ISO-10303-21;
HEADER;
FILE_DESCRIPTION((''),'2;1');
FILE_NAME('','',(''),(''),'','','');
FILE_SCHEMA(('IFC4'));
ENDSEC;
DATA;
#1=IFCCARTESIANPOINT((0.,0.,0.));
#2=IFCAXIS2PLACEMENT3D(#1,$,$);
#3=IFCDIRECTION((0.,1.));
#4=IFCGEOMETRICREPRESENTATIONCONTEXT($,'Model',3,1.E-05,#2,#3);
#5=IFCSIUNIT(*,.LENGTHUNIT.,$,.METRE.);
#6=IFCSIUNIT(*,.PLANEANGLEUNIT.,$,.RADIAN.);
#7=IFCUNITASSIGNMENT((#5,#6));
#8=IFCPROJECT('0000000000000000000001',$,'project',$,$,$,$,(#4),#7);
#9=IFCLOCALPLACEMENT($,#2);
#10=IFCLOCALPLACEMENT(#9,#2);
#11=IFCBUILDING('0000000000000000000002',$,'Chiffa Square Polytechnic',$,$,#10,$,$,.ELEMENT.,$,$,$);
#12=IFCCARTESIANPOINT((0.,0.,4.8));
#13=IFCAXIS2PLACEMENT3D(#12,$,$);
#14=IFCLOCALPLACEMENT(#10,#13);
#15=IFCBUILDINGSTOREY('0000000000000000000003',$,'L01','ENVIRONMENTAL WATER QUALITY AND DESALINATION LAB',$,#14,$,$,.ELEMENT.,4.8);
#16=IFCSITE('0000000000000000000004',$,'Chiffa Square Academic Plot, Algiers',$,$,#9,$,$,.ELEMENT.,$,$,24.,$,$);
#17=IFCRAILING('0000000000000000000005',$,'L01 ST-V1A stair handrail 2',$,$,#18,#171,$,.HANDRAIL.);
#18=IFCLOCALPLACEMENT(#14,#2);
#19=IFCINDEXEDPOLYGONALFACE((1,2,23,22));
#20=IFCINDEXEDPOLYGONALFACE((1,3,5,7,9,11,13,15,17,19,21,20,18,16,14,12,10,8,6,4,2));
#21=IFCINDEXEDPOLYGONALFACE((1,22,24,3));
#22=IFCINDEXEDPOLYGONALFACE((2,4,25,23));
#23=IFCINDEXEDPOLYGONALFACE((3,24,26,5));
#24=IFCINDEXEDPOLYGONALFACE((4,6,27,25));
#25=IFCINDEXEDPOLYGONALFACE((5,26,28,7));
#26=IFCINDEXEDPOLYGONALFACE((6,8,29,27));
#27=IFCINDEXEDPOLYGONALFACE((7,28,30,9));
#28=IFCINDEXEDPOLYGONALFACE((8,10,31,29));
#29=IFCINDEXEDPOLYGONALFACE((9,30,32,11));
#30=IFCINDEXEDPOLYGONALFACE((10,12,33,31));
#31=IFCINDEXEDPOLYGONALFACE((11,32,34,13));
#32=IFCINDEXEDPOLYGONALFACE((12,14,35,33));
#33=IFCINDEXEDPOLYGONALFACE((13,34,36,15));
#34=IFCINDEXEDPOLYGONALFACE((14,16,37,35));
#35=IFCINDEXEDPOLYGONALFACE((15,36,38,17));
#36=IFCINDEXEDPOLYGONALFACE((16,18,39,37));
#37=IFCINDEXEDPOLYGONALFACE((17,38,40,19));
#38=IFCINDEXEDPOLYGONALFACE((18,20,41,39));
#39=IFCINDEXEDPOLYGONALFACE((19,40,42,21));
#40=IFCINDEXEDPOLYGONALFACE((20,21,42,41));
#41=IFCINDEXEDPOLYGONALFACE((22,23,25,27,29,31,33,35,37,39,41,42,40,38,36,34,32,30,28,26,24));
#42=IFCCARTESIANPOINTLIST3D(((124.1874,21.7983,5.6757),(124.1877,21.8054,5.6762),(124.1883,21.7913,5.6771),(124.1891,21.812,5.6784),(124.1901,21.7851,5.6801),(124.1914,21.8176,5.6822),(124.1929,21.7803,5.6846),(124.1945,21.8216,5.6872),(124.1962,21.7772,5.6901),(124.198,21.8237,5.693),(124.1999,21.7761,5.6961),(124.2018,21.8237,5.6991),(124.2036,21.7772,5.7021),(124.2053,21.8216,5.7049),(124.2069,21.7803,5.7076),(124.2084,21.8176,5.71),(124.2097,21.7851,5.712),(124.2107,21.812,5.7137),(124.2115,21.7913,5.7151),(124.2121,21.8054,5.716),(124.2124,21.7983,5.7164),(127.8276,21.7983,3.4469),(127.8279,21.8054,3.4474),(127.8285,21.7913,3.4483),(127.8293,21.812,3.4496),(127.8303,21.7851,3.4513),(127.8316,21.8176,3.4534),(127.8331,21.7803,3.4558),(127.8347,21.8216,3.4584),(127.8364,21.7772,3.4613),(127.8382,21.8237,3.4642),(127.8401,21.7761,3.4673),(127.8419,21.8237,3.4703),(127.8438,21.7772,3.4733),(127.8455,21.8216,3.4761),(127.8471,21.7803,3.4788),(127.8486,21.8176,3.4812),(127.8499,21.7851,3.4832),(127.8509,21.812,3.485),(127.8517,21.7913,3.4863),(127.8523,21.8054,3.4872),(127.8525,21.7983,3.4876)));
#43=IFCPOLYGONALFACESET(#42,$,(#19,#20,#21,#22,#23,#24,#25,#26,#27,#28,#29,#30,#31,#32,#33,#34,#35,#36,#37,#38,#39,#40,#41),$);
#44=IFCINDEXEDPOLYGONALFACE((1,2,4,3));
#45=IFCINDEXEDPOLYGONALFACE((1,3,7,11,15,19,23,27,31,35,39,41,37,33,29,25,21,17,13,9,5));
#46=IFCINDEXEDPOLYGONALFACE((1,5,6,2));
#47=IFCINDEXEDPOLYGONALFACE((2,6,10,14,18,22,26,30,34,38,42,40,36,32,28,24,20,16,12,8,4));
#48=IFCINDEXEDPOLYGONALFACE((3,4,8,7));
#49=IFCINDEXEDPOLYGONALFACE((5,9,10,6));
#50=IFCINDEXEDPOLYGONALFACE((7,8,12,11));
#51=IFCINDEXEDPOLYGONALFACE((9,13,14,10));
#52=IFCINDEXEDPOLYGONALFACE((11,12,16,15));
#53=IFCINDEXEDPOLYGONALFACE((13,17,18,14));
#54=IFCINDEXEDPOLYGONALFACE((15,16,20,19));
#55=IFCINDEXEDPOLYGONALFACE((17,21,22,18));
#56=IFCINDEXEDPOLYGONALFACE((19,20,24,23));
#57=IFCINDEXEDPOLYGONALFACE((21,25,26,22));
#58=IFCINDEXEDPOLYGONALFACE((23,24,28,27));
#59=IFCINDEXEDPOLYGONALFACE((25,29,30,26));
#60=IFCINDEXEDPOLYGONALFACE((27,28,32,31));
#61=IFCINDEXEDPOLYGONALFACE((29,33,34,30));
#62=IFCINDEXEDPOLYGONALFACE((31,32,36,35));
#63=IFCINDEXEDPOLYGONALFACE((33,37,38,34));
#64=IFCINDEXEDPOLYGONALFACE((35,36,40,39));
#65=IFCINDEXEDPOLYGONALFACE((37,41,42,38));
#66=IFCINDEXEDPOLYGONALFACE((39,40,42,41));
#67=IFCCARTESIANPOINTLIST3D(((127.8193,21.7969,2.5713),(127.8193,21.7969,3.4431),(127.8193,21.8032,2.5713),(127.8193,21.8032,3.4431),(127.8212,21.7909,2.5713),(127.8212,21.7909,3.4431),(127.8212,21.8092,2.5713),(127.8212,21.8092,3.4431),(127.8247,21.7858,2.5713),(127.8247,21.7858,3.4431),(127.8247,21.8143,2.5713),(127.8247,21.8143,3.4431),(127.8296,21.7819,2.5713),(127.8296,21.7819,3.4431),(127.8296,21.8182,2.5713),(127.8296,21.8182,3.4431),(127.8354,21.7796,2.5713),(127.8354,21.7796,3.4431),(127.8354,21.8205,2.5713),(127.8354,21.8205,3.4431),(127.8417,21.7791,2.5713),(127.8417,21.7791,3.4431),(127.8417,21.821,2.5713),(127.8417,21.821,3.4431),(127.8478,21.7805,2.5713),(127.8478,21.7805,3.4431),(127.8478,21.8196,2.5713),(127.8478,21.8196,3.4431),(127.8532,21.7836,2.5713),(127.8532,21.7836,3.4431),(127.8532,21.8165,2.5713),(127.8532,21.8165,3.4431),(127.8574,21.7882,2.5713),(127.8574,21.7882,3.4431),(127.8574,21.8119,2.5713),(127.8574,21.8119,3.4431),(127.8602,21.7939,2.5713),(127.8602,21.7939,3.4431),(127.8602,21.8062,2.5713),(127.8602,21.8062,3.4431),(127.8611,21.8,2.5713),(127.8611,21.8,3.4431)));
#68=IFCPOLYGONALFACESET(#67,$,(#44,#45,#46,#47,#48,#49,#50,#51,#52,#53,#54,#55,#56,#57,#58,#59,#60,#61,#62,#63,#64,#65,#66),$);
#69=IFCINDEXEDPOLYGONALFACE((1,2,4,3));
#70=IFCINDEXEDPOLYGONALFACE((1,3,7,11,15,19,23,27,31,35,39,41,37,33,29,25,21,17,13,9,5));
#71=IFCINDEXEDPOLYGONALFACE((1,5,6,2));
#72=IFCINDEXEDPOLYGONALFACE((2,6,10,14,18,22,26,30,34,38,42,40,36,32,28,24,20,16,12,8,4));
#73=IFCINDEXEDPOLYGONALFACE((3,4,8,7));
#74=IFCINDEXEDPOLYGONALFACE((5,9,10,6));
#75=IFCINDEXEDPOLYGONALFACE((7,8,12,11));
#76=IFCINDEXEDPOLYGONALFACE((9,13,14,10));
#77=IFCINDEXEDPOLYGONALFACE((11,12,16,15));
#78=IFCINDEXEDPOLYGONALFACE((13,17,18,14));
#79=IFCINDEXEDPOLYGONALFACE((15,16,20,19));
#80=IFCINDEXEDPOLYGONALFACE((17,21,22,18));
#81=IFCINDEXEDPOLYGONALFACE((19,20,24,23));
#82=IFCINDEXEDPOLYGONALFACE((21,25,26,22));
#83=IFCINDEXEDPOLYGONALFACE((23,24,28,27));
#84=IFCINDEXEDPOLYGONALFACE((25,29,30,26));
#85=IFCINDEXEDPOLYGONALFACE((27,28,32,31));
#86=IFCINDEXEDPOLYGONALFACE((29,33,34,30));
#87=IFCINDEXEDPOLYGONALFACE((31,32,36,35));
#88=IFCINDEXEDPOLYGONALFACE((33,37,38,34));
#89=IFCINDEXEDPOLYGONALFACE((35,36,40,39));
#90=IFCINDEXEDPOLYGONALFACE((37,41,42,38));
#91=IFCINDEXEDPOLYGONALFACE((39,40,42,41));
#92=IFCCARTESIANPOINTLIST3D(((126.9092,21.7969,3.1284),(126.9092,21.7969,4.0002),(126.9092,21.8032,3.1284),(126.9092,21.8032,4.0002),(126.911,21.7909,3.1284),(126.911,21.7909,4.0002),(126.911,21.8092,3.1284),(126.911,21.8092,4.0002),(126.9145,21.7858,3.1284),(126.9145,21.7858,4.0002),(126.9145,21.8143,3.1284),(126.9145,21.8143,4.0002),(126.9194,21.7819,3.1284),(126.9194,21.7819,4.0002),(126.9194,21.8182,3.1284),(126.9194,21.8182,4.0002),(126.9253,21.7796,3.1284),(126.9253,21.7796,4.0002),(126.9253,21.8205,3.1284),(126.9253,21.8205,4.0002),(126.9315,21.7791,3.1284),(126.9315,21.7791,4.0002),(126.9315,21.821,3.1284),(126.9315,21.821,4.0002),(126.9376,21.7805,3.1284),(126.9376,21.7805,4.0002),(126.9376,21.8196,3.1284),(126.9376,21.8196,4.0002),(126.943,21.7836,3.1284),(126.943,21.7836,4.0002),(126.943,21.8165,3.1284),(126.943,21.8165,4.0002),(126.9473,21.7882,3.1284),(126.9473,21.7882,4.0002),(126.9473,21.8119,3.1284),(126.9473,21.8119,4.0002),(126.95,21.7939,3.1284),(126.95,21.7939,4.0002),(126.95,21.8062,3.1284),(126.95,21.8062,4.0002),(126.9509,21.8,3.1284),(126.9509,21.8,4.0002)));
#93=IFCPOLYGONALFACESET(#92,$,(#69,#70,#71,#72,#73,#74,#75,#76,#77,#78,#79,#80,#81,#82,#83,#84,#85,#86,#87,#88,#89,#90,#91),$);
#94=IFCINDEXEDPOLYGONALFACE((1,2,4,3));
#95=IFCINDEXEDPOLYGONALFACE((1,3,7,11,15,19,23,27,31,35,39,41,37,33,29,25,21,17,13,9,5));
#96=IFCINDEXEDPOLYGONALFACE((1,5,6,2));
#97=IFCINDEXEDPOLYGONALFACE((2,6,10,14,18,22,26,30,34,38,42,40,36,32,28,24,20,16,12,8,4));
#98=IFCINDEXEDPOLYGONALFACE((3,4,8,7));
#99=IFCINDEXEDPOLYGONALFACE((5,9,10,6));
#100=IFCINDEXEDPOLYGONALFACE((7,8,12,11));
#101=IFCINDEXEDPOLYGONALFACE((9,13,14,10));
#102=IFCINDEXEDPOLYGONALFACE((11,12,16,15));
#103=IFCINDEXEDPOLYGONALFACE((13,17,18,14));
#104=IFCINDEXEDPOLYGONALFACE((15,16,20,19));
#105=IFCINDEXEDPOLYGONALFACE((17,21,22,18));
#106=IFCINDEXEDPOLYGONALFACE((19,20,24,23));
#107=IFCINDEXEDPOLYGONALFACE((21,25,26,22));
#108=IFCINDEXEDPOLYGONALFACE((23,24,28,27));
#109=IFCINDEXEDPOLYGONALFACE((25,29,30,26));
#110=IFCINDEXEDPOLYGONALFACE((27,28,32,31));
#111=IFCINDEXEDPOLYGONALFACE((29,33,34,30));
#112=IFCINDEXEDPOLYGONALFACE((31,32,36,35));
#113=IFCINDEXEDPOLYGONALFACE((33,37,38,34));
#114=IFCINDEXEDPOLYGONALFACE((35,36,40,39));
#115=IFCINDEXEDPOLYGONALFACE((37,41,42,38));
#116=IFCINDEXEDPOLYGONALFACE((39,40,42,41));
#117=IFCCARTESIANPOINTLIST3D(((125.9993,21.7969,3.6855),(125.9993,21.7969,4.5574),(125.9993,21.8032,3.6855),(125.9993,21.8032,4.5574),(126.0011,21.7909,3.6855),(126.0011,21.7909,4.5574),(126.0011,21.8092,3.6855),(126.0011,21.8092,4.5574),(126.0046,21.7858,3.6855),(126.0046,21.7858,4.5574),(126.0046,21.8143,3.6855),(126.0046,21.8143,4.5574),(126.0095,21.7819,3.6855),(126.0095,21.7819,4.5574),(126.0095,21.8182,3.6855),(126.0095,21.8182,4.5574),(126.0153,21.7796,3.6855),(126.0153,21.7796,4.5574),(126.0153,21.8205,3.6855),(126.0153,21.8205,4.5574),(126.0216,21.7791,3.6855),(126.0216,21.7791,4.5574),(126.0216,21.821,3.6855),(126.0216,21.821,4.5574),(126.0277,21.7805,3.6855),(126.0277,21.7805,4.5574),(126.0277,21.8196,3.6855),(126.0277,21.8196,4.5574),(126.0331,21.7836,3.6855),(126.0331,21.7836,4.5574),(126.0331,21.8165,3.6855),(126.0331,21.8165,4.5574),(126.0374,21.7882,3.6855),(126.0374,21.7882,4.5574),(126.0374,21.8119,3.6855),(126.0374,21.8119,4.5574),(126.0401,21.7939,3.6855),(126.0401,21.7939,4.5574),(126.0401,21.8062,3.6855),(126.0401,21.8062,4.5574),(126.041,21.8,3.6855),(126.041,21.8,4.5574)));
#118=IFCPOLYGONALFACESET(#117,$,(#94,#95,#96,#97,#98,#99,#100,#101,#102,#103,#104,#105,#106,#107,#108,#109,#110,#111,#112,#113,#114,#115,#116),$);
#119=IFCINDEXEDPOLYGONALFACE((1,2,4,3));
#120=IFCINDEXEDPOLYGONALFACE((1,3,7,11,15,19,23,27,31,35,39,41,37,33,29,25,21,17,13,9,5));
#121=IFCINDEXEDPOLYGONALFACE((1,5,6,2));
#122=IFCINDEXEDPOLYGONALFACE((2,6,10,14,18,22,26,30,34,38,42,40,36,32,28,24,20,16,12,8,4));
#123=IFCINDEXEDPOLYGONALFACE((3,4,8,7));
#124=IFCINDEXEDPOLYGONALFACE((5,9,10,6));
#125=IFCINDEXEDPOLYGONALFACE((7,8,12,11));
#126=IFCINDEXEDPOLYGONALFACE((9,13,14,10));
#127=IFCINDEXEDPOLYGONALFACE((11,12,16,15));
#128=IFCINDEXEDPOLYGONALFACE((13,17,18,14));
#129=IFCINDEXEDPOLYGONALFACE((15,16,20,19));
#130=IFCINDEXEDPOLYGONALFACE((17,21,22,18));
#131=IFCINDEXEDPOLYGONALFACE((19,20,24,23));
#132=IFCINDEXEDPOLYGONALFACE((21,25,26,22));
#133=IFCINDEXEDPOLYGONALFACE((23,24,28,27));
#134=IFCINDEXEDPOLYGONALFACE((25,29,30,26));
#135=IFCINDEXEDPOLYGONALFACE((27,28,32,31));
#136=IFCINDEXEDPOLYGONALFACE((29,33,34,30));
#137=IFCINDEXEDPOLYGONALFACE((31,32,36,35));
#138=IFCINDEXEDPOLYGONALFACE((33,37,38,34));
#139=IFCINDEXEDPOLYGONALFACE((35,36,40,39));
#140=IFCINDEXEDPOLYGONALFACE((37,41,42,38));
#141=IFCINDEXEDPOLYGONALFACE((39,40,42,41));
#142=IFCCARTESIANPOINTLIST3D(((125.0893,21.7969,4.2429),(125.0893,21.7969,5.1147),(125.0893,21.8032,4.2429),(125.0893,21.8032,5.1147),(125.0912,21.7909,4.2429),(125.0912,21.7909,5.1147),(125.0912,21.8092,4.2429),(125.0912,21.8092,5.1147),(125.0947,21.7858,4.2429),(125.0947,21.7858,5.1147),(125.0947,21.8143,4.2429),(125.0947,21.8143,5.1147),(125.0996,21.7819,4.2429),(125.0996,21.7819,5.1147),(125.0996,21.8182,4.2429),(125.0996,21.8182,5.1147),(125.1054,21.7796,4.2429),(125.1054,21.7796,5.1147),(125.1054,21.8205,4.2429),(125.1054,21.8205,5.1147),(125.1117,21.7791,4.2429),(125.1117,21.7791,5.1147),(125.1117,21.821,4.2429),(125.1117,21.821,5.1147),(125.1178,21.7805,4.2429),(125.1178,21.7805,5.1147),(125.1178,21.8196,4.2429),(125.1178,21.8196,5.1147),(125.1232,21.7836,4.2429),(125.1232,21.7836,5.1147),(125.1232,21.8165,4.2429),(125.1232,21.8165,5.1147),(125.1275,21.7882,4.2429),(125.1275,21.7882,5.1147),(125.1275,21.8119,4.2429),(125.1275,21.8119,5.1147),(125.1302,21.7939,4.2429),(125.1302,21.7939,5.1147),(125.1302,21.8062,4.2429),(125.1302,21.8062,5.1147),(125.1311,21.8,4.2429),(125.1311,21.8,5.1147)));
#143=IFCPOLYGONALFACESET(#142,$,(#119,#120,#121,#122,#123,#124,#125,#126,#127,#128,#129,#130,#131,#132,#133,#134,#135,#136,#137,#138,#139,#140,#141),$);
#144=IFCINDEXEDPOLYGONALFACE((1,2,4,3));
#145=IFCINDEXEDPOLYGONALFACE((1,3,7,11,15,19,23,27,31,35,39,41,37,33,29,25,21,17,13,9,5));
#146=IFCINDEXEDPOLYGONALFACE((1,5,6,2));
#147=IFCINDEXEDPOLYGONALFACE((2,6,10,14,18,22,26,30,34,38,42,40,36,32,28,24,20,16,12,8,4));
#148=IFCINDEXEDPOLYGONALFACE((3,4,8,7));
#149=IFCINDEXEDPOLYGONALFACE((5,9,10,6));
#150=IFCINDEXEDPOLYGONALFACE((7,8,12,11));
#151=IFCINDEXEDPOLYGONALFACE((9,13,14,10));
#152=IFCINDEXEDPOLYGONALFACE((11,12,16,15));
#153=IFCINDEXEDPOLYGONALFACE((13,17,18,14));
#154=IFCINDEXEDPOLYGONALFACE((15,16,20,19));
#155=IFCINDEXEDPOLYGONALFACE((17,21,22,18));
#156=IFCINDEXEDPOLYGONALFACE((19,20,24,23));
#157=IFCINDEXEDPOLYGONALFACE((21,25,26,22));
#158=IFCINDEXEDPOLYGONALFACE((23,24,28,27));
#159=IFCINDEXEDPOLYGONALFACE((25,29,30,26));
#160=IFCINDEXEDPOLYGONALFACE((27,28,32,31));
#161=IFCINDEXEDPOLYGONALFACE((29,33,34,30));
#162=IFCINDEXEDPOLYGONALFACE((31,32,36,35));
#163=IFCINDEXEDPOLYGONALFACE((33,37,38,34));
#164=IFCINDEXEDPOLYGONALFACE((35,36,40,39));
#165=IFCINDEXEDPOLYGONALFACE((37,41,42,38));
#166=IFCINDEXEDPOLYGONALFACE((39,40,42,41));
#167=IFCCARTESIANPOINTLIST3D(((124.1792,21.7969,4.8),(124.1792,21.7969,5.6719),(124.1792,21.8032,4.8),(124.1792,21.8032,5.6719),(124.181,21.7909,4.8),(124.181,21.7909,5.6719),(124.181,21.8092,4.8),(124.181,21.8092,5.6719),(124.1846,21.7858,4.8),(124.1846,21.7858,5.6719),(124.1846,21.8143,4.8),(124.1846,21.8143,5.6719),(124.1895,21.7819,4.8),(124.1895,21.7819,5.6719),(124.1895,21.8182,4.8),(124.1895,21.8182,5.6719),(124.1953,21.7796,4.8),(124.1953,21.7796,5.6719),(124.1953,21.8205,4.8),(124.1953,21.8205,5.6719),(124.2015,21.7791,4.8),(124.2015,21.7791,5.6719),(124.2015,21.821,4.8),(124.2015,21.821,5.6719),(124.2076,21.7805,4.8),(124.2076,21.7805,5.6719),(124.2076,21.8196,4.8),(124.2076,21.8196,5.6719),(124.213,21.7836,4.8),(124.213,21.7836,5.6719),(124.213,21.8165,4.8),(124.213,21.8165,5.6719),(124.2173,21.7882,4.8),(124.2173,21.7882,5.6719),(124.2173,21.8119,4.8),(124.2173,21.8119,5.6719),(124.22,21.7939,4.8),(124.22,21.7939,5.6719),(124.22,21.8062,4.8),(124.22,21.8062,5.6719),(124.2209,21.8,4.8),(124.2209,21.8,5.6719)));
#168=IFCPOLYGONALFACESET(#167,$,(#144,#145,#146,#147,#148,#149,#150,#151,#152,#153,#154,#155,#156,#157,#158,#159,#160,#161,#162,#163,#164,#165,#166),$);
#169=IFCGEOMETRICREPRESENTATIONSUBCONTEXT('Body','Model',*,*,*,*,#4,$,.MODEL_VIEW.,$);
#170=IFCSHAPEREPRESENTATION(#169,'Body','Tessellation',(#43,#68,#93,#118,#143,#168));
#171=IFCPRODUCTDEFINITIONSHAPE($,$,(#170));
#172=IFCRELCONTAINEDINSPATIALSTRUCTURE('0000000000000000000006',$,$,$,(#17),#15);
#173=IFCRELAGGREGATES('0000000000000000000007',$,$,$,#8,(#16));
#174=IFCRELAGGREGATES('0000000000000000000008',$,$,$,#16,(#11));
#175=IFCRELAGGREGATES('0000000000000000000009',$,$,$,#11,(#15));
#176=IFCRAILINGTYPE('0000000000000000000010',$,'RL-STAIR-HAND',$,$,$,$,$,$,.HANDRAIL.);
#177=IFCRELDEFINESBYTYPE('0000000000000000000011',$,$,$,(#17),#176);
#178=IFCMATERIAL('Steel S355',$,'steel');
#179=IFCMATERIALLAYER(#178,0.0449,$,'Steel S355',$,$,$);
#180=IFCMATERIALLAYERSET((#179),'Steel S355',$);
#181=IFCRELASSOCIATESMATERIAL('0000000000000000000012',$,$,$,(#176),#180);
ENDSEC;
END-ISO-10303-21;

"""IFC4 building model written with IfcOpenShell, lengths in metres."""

from ifc_helpers import new_model, si_unit, direction, frame, origin, origin_2d, place, context, subcontext, project, spatial, circle, extrude, material, layer, layer_set, type_object, element, save


model = new_model("IFC4")

# Units and contexts
model_context = context("Model", 3, precision=1e-05, world=origin(), true_north=direction((0.0, 1.0)))
body_context = subcontext(model_context, "Body", "Model", "MODEL_VIEW")
ifc_project = project(units=[si_unit("LENGTHUNIT", "METRE"), si_unit("PLANEANGLEUNIT", "RADIAN")], contexts=[model_context])

# Site, building, storey
site_placement = place(None, origin())
site = spatial("IfcSite", under=ifc_project, at=site_placement, Name="Chiffa Square Academic Plot, Algiers", CompositionType="ELEMENT", RefElevation=24.0)
building_placement = place(site_placement, origin())
building = spatial("IfcBuilding", under=site, at=building_placement, Name="Chiffa Square Polytechnic", CompositionType="ELEMENT")
storey_placement = place(building_placement, frame((0.0, 0.0, 4.8)))
storey = spatial("IfcBuildingStorey", under=building, at=storey_placement, Name="L01", Description="ENVIRONMENTAL WATER QUALITY AND DESALINATION LAB", CompositionType="ELEMENT", Elevation=4.8)

# Railing
ifc_material_1 = material(Name="Steel S355", Category="steel")
ifc_layer_1 = layer(ifc_material_1, 0.0449, Name="Steel S355")
ifc_layer_set_1 = layer_set([ifc_layer_1], Name="Steel S355")
railing_type = type_object("IfcRailingType", Name="RL-STAIR-HAND", PredefinedType="HANDRAIL", material=ifc_layer_set_1)
railing_placement = place(storey_placement, frame((127.8401, 21.8, 2.5713)))
element("IfcRailing", 1, at=railing_placement, inside=storey, type_object=railing_type, Name="L01 ST-V1A stair handrail 2", PredefinedType="HANDRAIL", context=body_context, shape_type="SweptSolid", body=[
    extrude(circle(Radius=0.0239, at=origin_2d()), frame((0.0, 0.0, 0.896), z_axis=(-0.85284, 0.0, 0.522172), x_axis=(0.0, -1.0, 0.0)), (0.0, 0.0, 1.0), 4.2683),
    extrude(circle(Radius=0.021, at=origin_2d()), origin(), (0.0, 0.0, 1.0), 0.8718),
    extrude(circle(Radius=0.021, at=origin_2d()), frame((-0.9102, 0.0, 0.5571)), (0.0, 0.0, 1.0), 0.8718),
    extrude(circle(Radius=0.021, at=origin_2d()), frame((-1.8201, 0.0, 1.1143)), (0.0, 0.0, 1.0), 0.8718),
    extrude(circle(Radius=0.021, at=origin_2d()), frame((-2.73, 0.0, 1.6716)), (0.0, 0.0, 1.0), 0.8718),
    extrude(circle(Radius=0.021, at=origin_2d()), frame((-3.6401, 0.0, 2.2288)), (0.0, 0.0, 1.0), 0.8718),
])

save(model, "model.ifc")
